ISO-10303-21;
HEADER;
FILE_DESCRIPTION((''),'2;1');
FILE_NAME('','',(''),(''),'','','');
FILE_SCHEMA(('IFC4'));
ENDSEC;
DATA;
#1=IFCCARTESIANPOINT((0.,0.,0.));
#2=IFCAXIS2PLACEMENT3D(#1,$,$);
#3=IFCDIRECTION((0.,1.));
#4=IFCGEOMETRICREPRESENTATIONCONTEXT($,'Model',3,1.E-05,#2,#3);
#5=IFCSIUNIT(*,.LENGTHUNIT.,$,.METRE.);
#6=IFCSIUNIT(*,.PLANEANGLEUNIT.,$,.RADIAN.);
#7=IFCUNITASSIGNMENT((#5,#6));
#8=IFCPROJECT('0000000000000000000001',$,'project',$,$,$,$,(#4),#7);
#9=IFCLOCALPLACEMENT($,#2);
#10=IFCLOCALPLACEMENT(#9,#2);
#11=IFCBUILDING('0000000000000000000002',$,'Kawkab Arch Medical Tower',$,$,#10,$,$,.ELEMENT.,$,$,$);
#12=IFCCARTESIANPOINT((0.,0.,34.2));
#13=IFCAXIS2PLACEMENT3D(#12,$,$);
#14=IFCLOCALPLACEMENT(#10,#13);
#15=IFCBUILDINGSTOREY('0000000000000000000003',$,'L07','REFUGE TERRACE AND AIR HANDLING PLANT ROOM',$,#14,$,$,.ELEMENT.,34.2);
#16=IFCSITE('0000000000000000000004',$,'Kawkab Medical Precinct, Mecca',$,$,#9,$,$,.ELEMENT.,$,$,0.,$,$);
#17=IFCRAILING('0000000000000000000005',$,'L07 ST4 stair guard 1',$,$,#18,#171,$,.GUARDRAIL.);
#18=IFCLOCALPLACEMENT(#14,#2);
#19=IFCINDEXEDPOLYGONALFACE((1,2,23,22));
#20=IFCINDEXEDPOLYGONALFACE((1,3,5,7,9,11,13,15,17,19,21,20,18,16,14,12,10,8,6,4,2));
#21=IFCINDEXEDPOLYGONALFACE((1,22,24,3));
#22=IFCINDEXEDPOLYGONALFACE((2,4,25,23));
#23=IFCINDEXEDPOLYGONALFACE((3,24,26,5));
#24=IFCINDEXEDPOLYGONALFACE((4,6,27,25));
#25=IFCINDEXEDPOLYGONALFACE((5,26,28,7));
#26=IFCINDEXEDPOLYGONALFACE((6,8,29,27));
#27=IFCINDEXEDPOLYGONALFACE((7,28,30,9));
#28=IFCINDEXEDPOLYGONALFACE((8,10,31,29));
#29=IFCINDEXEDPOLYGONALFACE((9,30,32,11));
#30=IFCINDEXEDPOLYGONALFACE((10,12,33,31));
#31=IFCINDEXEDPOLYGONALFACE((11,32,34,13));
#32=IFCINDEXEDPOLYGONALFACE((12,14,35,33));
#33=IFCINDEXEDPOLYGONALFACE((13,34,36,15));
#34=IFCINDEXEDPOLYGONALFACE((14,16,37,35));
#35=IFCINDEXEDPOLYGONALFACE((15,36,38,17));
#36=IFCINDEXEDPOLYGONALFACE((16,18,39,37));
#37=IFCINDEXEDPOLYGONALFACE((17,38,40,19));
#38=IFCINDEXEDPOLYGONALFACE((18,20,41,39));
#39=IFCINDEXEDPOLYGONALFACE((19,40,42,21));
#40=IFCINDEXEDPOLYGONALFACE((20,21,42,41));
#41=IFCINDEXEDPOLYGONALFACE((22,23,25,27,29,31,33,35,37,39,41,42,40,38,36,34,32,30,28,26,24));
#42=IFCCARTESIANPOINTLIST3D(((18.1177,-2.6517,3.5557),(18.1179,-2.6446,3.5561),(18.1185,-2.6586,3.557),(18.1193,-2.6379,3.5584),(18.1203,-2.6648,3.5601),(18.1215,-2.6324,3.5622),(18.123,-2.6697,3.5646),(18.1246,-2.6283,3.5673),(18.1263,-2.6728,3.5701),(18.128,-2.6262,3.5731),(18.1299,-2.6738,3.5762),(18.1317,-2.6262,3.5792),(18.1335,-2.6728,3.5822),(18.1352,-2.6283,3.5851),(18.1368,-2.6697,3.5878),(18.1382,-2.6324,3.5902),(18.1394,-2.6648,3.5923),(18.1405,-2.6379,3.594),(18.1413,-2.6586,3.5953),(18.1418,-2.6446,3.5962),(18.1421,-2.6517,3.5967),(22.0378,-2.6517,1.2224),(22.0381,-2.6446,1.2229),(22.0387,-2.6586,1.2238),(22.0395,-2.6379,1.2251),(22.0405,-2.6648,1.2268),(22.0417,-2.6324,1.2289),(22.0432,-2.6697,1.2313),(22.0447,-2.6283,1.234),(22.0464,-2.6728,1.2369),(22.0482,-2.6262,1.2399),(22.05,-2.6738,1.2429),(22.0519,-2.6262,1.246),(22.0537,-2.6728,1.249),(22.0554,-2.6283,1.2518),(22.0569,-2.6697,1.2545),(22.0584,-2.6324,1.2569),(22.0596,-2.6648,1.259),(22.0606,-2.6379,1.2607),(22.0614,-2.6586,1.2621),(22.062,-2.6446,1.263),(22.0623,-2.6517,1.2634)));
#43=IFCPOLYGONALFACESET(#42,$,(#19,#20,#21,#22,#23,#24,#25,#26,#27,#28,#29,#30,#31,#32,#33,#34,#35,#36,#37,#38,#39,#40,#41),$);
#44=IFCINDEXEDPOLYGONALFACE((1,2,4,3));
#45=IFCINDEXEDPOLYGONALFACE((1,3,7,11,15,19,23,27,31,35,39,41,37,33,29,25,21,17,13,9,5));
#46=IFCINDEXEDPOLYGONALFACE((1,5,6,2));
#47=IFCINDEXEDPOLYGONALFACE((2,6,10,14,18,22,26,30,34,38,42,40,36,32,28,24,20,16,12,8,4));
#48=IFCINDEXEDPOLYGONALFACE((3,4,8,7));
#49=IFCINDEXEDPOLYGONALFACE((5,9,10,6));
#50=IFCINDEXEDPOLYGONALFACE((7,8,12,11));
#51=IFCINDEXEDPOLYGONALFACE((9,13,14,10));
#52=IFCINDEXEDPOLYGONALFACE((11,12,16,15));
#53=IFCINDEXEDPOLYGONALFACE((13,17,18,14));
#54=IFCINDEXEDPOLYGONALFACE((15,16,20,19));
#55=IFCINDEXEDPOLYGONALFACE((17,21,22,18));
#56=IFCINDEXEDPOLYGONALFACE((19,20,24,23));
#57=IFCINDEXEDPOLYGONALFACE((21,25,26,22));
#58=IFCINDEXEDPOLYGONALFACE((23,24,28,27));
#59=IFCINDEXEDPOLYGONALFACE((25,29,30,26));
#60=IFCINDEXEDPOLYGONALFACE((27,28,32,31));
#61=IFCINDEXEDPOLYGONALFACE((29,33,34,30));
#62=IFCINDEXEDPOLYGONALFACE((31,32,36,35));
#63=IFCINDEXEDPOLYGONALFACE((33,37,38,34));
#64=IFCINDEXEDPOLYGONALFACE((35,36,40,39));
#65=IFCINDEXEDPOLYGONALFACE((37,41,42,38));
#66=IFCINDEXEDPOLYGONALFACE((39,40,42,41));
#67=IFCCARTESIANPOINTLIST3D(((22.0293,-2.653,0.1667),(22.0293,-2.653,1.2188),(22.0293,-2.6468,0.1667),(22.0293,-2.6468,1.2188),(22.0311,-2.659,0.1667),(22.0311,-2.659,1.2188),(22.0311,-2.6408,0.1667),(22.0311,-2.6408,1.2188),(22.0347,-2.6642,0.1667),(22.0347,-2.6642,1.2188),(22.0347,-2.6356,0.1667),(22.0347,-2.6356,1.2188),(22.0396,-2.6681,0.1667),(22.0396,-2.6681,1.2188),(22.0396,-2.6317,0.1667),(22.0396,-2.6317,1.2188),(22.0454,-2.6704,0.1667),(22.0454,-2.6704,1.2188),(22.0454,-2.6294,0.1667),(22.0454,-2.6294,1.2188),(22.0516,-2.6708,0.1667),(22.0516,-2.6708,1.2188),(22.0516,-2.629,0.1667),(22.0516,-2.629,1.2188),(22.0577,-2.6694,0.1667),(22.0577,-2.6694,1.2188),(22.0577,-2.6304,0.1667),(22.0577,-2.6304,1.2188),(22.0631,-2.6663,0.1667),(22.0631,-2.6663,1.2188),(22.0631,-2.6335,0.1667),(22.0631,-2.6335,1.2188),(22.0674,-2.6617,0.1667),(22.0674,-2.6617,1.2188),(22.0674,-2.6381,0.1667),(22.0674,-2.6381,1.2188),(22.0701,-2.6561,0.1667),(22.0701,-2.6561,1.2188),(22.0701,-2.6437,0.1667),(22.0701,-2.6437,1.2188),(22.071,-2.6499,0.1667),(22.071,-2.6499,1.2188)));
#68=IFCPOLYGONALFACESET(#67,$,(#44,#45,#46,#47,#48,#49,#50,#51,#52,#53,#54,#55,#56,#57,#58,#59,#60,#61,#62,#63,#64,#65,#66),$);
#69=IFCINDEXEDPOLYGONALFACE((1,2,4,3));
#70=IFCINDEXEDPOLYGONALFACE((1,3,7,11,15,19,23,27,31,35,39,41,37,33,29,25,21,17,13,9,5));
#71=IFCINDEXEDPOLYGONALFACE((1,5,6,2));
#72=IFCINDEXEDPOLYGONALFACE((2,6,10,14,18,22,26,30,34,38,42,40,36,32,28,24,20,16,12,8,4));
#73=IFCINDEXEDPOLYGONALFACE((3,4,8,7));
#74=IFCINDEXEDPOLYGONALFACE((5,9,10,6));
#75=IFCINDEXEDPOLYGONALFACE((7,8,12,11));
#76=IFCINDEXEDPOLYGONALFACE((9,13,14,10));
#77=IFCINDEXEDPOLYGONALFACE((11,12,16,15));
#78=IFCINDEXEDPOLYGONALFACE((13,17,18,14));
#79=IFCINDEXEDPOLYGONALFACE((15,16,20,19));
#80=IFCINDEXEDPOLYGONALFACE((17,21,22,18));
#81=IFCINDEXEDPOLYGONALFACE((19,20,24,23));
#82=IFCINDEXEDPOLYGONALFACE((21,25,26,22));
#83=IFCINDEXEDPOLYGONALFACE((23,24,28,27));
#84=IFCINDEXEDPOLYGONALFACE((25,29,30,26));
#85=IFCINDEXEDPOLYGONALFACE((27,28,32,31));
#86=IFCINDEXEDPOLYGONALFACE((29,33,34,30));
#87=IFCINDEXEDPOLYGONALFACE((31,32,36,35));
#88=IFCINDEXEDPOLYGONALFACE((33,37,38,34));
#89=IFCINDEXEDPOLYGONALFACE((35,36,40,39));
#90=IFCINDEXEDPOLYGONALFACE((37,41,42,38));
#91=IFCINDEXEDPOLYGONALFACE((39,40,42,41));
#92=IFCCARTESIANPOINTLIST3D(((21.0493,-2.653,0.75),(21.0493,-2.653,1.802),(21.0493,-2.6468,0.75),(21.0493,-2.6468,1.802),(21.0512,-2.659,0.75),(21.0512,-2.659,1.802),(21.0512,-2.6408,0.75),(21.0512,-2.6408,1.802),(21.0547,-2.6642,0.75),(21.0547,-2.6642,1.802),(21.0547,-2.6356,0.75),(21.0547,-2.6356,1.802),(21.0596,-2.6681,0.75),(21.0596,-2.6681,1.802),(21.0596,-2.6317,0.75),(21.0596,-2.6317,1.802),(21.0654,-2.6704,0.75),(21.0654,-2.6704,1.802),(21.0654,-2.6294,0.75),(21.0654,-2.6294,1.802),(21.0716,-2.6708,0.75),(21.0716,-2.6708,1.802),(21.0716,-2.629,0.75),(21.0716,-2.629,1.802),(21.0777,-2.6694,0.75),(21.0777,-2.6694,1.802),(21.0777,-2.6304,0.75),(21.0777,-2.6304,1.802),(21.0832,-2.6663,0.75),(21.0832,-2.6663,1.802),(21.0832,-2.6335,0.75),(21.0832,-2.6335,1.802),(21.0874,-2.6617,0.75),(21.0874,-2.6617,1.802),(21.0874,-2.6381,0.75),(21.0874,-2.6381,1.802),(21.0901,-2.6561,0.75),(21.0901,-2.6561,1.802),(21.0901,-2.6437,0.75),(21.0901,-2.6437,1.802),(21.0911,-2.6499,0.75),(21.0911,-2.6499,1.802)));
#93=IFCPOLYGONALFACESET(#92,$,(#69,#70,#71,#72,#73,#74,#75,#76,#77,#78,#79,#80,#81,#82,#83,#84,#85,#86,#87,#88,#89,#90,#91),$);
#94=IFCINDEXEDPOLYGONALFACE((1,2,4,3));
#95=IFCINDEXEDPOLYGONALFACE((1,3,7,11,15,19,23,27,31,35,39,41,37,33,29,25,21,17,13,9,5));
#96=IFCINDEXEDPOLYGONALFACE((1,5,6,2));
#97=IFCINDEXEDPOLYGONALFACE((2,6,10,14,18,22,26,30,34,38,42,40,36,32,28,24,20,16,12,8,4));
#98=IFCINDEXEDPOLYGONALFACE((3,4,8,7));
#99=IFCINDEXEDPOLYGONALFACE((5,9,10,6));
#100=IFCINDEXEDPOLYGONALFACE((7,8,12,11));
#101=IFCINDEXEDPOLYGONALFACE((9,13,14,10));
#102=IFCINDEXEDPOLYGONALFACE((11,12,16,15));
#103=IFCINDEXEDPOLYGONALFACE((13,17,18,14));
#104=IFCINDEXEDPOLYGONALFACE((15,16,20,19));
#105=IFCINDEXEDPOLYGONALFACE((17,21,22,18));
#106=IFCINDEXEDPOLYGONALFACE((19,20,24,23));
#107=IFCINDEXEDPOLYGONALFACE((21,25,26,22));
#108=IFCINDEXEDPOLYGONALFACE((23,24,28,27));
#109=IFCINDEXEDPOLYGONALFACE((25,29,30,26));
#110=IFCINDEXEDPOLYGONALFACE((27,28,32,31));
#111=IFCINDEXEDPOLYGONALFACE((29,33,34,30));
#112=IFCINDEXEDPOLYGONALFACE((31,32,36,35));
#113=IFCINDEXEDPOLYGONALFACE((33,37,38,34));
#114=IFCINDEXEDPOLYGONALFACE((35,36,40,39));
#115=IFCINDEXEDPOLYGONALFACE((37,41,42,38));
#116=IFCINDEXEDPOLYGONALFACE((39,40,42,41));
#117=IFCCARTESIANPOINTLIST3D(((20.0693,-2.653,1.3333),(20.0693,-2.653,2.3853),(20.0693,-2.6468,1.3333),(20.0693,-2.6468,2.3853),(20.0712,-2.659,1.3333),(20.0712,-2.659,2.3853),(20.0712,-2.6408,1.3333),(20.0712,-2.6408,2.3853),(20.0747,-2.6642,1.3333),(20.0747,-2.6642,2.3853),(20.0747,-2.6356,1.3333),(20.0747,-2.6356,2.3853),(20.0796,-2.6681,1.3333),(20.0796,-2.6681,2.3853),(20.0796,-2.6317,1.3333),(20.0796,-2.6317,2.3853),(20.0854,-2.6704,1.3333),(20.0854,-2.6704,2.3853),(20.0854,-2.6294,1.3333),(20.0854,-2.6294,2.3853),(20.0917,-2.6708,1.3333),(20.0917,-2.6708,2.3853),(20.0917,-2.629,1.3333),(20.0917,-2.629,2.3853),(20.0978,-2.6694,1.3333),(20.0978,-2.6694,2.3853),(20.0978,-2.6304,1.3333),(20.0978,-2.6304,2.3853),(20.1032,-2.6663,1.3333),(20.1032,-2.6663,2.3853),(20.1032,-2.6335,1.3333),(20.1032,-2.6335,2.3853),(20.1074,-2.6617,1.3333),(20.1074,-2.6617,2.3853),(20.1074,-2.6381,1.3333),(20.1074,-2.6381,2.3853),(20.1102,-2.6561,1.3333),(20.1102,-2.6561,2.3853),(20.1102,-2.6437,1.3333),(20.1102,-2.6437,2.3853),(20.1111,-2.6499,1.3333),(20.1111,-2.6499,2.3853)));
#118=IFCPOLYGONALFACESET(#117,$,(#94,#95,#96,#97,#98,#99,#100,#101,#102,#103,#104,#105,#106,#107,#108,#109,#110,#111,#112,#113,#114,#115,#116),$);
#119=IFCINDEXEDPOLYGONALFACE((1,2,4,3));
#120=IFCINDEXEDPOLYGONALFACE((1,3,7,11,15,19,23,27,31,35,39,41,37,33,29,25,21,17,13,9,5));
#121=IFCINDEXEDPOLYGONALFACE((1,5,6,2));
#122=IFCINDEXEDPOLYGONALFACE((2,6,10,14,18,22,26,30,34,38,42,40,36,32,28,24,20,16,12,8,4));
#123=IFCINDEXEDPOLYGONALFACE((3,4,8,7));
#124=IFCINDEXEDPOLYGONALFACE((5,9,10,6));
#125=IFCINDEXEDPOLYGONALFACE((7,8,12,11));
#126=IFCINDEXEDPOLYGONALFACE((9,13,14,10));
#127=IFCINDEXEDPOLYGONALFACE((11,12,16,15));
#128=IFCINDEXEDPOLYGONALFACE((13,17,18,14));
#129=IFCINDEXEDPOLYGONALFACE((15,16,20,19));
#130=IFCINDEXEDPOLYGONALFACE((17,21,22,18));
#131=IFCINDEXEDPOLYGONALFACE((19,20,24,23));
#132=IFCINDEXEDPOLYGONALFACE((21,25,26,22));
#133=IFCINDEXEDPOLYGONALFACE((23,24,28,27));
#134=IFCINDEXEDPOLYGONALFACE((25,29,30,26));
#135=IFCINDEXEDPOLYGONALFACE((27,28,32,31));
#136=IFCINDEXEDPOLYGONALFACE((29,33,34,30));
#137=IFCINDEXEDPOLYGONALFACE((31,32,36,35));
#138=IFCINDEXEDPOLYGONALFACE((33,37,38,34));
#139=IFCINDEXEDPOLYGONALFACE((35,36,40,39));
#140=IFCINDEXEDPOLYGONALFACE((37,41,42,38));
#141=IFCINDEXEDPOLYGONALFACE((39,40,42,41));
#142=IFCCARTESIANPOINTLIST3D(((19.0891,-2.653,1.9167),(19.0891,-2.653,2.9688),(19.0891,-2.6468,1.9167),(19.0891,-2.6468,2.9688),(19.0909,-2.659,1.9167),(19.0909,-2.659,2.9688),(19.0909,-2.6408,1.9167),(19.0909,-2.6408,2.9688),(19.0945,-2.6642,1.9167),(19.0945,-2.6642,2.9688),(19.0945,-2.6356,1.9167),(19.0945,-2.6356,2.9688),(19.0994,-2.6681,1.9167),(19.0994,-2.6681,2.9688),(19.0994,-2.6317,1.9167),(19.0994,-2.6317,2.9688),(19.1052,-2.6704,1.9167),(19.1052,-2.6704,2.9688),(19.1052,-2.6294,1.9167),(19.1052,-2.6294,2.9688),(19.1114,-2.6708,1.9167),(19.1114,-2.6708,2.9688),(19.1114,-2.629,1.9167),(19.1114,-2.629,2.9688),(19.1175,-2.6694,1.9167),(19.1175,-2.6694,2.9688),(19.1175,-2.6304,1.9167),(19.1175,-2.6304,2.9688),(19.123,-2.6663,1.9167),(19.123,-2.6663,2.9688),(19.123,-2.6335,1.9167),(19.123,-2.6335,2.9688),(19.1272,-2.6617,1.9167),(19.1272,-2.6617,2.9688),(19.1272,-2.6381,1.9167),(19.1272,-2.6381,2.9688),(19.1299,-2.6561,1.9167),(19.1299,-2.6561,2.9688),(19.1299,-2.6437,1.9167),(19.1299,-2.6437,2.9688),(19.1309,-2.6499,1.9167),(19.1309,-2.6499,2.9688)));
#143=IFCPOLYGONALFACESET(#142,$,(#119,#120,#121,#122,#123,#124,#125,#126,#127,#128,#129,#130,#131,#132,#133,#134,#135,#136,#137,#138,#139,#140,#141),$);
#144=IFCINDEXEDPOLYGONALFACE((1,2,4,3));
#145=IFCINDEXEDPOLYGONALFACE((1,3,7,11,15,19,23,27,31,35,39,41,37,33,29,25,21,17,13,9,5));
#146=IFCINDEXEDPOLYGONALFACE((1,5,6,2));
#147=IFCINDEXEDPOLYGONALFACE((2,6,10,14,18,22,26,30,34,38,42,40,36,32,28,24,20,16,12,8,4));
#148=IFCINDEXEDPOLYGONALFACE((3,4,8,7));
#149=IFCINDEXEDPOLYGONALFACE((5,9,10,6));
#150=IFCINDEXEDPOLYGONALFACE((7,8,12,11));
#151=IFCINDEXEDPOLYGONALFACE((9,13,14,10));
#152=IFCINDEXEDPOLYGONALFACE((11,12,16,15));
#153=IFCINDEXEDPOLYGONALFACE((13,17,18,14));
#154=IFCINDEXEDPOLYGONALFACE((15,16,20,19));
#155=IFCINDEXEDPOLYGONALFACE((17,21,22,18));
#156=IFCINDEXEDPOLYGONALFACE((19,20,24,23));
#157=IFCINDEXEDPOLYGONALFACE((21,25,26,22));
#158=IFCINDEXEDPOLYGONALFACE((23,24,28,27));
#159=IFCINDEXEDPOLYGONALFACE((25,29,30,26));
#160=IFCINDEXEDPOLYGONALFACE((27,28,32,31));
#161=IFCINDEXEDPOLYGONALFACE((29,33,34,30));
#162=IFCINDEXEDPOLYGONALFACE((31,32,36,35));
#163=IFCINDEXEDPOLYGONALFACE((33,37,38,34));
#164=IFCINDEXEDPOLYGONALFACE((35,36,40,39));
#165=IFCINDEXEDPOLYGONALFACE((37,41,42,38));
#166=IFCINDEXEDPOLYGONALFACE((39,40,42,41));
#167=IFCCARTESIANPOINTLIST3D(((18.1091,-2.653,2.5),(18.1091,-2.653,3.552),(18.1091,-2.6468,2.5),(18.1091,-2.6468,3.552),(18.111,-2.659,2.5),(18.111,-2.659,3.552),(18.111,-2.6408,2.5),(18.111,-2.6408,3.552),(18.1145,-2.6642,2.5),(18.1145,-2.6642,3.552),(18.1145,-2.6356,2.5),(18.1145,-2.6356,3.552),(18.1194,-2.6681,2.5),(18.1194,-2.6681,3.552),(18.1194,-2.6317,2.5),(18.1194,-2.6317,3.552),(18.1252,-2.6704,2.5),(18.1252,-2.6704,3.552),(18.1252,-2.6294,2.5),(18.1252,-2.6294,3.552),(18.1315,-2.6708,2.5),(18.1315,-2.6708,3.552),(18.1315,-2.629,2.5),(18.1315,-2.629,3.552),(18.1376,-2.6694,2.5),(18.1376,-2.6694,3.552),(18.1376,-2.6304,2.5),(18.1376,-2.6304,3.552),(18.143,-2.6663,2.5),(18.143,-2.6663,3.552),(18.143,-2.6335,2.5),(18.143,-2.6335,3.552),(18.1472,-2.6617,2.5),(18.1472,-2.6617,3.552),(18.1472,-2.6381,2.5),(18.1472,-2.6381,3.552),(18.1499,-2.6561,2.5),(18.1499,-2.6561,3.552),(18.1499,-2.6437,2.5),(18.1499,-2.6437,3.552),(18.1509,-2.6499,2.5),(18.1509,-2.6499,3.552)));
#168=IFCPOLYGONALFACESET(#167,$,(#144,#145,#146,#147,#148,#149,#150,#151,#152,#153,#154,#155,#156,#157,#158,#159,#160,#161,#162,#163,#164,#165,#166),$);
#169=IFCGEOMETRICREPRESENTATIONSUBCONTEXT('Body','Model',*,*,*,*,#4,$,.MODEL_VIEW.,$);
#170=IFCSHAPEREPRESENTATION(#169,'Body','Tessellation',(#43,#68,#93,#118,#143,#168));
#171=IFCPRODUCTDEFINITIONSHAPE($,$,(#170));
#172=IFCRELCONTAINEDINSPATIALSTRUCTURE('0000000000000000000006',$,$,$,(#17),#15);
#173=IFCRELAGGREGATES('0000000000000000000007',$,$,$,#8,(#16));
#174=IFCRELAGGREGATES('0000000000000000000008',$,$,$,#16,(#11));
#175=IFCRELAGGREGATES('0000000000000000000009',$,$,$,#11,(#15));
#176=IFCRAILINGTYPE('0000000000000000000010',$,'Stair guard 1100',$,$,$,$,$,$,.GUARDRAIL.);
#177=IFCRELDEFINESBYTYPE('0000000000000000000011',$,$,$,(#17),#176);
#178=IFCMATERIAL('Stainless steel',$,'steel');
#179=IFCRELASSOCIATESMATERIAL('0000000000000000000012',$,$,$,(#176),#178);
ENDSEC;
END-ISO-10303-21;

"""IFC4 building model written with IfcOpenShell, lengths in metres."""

from ifc_helpers import new_model, si_unit, direction, frame, origin, origin_2d, place, context, subcontext, project, spatial, circle, extrude, material, type_object, element, save


model = new_model("IFC4")

# Units and contexts
model_context = context("Model", 3, precision=1e-05, world=origin(), true_north=direction((0.0, 1.0)))
body_context = subcontext(model_context, "Body", "Model", "MODEL_VIEW")
ifc_project = project(units=[si_unit("LENGTHUNIT", "METRE"), si_unit("PLANEANGLEUNIT", "RADIAN")], contexts=[model_context])

# Site, building, storey
site_placement = place(None, origin())
site = spatial("IfcSite", under=ifc_project, at=site_placement, Name="Kawkab Medical Precinct, Mecca", CompositionType="ELEMENT", RefElevation=0.0)
building_placement = place(site_placement, origin())
building = spatial("IfcBuilding", under=site, at=building_placement, Name="Kawkab Arch Medical Tower", CompositionType="ELEMENT")
storey_placement = place(building_placement, frame((0.0, 0.0, 34.2)))
storey = spatial("IfcBuildingStorey", under=building, at=storey_placement, Name="L07", Description="REFUGE TERRACE AND AIR HANDLING PLANT ROOM", CompositionType="ELEMENT", Elevation=34.2)

# Railing
ifc_material_1 = material(Name="Stainless steel", Category="steel")
railing_type_1 = type_object("IfcRailingType", Name="Stair guard 1100", PredefinedType="GUARDRAIL", material=ifc_material_1)
railing_1_placement = place(storey_placement, frame((22.05, -2.6499, 0.1667)))
element("IfcRailing", 1, at=railing_1_placement, inside=storey, type_object=railing_type_1, Name="L07 ST4 stair guard 1", PredefinedType="GUARDRAIL", context=body_context, shape_type="SweptSolid", body=[
    extrude(circle(Radius=0.0239, at=origin_2d()), frame((0.0, 0.0, 1.0762), z_axis=(-0.85931, 0.0, 0.511455), x_axis=(0.0, -1.0, 0.0)), (0.0, 0.0, 1.0), 4.562),
    extrude(circle(Radius=0.021, at=origin_2d()), origin(), (0.0, 0.0, 1.0), 1.052),
    extrude(circle(Radius=0.021, at=origin_2d()), frame((-0.98, 0.0, 0.5833)), (0.0, 0.0, 1.0), 1.052),
    extrude(circle(Radius=0.021, at=origin_2d()), frame((-1.96, 0.0, 1.1665)), (0.0, 0.0, 1.0), 1.052),
    extrude(circle(Radius=0.021, at=origin_2d()), frame((-2.9402, 0.0, 1.75)), (0.0, 0.0, 1.0), 1.052),
    extrude(circle(Radius=0.021, at=origin_2d()), frame((-3.9202, 0.0, 2.3333)), (0.0, 0.0, 1.0), 1.052),
])

save(model, "model.ifc")
